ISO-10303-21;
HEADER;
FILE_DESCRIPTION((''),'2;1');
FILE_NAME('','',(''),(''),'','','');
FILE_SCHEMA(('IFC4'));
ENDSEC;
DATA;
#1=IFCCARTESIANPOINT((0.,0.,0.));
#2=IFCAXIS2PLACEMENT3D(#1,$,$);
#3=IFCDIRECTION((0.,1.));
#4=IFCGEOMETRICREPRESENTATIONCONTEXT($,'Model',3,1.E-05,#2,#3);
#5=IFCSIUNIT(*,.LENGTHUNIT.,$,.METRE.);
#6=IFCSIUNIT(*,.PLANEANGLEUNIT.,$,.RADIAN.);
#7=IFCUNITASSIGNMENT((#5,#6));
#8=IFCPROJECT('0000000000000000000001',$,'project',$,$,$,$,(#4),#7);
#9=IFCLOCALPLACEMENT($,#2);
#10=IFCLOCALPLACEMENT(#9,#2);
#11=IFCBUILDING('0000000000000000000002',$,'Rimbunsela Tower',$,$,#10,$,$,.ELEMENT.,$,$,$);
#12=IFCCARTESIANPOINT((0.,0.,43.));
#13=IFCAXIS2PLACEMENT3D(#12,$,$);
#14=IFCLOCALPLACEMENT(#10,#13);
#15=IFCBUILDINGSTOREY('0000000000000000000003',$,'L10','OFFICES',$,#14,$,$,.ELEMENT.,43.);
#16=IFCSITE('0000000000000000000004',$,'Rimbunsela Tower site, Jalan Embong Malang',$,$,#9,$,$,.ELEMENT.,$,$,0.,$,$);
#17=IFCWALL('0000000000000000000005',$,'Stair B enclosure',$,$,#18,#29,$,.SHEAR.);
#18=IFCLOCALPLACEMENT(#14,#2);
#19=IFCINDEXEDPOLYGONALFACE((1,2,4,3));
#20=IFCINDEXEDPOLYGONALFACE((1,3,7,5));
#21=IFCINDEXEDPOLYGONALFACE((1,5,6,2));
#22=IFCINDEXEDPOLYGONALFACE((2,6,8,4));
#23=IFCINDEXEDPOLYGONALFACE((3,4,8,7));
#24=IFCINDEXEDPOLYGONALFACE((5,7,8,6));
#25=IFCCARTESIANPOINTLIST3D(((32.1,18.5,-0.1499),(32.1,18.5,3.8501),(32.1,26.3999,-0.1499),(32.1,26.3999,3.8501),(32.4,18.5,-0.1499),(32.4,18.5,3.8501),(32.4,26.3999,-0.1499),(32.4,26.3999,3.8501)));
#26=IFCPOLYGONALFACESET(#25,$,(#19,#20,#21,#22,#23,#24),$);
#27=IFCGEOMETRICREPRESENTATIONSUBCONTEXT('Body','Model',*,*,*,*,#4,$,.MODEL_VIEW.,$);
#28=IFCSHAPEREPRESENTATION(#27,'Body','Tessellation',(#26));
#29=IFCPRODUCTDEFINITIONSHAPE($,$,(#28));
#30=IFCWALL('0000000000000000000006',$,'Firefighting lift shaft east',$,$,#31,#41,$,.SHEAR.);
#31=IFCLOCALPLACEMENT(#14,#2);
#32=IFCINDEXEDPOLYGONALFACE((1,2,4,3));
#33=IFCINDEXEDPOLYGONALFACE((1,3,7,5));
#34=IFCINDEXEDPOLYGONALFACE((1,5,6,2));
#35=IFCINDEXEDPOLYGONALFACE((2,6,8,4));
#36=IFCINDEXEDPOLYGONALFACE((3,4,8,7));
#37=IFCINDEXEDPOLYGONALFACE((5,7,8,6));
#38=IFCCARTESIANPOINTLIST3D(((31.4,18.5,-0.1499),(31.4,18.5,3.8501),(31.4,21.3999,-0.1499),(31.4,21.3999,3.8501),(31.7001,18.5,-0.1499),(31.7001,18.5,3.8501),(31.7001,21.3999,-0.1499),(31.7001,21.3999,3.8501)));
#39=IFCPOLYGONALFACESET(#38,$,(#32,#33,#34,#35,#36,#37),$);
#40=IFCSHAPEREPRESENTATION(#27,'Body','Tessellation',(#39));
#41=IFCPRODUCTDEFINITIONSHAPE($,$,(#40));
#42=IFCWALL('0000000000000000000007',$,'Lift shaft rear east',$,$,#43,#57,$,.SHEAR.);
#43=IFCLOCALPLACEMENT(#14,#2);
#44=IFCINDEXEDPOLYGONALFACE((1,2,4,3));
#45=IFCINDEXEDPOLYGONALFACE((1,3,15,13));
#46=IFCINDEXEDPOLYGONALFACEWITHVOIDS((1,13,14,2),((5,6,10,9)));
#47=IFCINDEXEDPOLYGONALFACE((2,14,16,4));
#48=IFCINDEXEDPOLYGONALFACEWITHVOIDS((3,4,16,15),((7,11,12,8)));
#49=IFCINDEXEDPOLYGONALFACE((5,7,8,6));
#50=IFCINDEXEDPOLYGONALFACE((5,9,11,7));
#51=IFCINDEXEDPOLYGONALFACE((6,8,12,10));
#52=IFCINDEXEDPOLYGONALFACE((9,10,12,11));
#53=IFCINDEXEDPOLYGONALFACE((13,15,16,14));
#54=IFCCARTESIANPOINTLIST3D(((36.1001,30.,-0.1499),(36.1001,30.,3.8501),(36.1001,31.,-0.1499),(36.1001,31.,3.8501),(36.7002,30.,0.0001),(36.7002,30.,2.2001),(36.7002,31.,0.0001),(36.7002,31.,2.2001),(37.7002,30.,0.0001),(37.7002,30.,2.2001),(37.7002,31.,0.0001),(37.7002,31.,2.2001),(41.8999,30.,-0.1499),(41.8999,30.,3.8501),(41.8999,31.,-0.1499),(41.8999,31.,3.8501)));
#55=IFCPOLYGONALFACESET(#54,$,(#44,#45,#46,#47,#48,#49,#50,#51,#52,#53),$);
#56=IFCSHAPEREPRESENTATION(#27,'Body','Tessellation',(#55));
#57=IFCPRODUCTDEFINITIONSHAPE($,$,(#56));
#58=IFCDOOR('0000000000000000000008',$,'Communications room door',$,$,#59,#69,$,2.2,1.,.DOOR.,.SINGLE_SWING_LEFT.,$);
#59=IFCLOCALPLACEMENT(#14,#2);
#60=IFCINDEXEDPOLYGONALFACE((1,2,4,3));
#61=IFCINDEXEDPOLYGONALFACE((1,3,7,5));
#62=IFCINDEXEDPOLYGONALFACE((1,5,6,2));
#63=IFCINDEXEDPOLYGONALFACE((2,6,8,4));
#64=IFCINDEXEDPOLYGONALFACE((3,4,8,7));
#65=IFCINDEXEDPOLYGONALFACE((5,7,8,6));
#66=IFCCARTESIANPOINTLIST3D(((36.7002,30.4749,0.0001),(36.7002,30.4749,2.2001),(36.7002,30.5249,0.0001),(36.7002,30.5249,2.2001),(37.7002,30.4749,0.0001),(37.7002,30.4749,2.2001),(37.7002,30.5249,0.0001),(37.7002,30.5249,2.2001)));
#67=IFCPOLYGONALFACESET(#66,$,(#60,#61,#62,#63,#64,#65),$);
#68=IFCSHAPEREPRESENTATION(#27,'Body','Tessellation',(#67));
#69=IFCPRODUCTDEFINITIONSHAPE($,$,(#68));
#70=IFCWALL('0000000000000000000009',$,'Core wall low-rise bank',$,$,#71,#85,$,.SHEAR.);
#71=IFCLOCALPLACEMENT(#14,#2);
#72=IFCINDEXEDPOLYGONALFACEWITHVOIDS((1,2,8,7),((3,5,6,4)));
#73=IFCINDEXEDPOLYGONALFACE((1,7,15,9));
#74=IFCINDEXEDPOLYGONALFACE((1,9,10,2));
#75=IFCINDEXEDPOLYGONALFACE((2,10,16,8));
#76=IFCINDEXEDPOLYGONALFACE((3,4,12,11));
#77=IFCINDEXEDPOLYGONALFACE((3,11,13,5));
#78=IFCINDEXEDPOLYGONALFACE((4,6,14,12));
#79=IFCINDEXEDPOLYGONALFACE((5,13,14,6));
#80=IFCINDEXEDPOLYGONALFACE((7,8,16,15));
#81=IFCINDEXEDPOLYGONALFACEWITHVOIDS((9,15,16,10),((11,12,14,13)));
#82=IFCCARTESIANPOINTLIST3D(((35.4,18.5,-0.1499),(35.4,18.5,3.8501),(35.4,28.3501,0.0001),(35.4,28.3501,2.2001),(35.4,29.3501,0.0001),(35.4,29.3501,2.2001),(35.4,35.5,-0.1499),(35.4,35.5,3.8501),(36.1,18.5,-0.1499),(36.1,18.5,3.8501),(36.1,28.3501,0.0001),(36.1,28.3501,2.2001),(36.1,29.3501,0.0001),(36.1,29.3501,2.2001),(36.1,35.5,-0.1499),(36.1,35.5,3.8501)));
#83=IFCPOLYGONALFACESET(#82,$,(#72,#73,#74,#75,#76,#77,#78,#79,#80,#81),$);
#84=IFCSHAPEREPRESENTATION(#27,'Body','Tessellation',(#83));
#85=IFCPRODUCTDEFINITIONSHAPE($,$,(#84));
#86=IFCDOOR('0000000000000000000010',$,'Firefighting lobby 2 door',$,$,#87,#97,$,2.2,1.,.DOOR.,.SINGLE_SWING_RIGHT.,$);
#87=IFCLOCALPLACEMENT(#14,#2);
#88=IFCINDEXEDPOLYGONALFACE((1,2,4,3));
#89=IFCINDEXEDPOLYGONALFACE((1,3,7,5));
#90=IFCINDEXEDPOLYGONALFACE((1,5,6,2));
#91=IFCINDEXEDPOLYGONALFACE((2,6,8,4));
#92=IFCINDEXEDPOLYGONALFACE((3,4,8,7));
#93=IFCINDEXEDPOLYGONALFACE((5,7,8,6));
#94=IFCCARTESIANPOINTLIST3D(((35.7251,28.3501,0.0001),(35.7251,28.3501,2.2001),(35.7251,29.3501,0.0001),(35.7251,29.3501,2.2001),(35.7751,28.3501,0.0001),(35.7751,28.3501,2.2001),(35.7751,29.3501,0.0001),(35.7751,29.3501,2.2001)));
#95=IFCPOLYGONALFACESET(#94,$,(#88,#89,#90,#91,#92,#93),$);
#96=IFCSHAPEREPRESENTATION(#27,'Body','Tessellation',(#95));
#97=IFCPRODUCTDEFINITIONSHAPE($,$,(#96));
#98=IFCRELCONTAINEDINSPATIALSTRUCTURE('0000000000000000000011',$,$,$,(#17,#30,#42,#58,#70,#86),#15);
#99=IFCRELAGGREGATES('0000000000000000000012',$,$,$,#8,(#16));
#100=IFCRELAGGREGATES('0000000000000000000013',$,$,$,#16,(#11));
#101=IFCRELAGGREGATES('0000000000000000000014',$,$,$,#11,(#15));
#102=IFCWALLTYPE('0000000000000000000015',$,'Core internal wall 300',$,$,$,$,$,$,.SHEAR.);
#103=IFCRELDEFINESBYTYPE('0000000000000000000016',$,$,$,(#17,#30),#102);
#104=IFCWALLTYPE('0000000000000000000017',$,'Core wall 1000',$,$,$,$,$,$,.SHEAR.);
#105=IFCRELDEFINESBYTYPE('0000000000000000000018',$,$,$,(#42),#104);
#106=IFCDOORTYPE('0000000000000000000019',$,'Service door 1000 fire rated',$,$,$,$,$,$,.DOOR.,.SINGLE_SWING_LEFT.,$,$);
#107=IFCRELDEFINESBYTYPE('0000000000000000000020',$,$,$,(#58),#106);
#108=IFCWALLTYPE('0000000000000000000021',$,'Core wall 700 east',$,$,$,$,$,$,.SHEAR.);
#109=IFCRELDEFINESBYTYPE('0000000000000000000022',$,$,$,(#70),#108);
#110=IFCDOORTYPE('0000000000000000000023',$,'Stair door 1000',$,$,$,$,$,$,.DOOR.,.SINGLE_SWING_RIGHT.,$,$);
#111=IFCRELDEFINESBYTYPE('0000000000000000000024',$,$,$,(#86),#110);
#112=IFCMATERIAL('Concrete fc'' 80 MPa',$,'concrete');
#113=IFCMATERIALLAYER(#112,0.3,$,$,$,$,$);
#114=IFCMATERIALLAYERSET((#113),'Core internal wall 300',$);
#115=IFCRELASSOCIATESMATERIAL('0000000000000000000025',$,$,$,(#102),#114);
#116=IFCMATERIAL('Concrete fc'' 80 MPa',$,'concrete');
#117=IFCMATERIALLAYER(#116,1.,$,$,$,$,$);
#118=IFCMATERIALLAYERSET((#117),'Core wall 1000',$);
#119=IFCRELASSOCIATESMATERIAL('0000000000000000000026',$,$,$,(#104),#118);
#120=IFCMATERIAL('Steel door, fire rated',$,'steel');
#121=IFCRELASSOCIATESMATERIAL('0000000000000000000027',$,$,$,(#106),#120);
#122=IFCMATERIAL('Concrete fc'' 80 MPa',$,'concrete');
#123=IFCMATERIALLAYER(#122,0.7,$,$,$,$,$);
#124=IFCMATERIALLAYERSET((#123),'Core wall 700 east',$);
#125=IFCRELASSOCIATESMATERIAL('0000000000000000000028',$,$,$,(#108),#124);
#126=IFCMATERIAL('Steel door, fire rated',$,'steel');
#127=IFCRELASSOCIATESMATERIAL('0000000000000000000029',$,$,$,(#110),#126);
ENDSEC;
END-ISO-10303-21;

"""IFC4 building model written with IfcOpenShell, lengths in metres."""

from ifc_helpers import new_model, si_unit, direction, frame, frame_2d, origin, place, context, subcontext, project, spatial, rectangle, extrude, material, layer, layer_set, type_object, element, fill, save


model = new_model("IFC4")

# Units and contexts
model_context = context("Model", 3, precision=1e-05, world=origin(), true_north=direction((0.0, 1.0)))
body_context = subcontext(model_context, "Body", "Model", "MODEL_VIEW")
ifc_project = project(units=[si_unit("LENGTHUNIT", "METRE"), si_unit("PLANEANGLEUNIT", "RADIAN")], contexts=[model_context])

# Site, building, storey
site_placement = place(None, origin())
site = spatial("IfcSite", under=ifc_project, at=site_placement, Name="Rimbunsela Tower site, Jalan Embong Malang", CompositionType="ELEMENT", RefElevation=0.0)
building_placement = place(site_placement, origin())
building = spatial("IfcBuilding", under=site, at=building_placement, Name="Rimbunsela Tower", CompositionType="ELEMENT")
storey_placement = place(building_placement, frame((0.0, 0.0, 43.0)))
storey = spatial("IfcBuildingStorey", under=building, at=storey_placement, Name="L10", Description="OFFICES", CompositionType="ELEMENT", Elevation=43.0)

# Walls
ifc_material_1 = material(Name="Concrete fc' 80 MPa", Category="concrete")
ifc_layer_1 = layer(ifc_material_1, 0.3)
ifc_layer_set_1 = layer_set([ifc_layer_1], Name="Core internal wall 300")
wall_type_1 = type_object("IfcWallType", Name="Core internal wall 300", PredefinedType="SHEAR", material=ifc_layer_set_1)
wall_1_placement = place(storey_placement, frame((32.25, 18.5, -0.1499), z_axis=(0.0, 0.0, 1.0), x_axis=(0.0, 1.0, 0.0)))
element("IfcWall", 1, at=wall_1_placement, inside=storey, type_object=wall_type_1, Name="Stair B enclosure", PredefinedType="SHEAR", context=body_context, shape_type="SweptSolid", body=[
    extrude(rectangle(XDim=7.8999, YDim=0.3, at=frame_2d((3.95, 0.0))), origin(), (0.0, 0.0, 1.0), 4.0),
])
wall_2_placement = place(storey_placement, frame((31.55, 18.5, -0.1499), z_axis=(0.0, 0.0, 1.0), x_axis=(0.0, 1.0, 0.0)))
element("IfcWall", 2, at=wall_2_placement, inside=storey, type_object=wall_type_1, Name="Firefighting lift shaft east", PredefinedType="SHEAR", context=body_context, shape_type="SweptSolid", body=[
    extrude(rectangle(XDim=2.8999, YDim=0.3, at=frame_2d((1.45, 0.0))), origin(), (0.0, 0.0, 1.0), 4.0),
])

# Walls, openings, doors
ifc_material_2 = material(Name="Concrete fc' 80 MPa", Category="concrete")
ifc_layer_2 = layer(ifc_material_2, 1.0)
ifc_layer_set_2 = layer_set([ifc_layer_2], Name="Core wall 1000")
wall_type_2 = type_object("IfcWallType", Name="Core wall 1000", PredefinedType="SHEAR", material=ifc_layer_set_2)
wall_3_placement = place(storey_placement, frame((36.1001, 30.5, -0.1499), z_axis=(0.0, 0.0, 1.0), x_axis=(1.0, 0.0, 0.0)))
wall_3 = element("IfcWall", 3, at=wall_3_placement, inside=storey, type_object=wall_type_2, Name="Lift shaft rear east", PredefinedType="SHEAR", context=body_context, shape_type="SweptSolid", body=[
    extrude(rectangle(XDim=5.7998, YDim=1.0, at=frame_2d((2.8999, 0.0))), origin(), (0.0, 0.0, 1.0), 4.0),
])
opening_1_placement = place(wall_3_placement, frame((0.6001, 0.0, 0.1499)))
opening_1 = element("IfcOpeningElement", 4, at=opening_1_placement, cuts=wall_3, PredefinedType="OPENING", context=body_context, shape_type="SweptSolid", body=[
    extrude(rectangle(XDim=1.0, YDim=2.2, at=frame_2d((0.5, 1.1001))), frame((0.0, 0.51, 0.0), z_axis=(0.0, -1.0, 0.0), x_axis=(1.0, 0.0, 0.0)), (0.0, 0.0, 1.0), 1.02),
])
ifc_material_3 = material(Name="Steel door, fire rated", Category="steel")
door_type_1 = type_object("IfcDoorType", Name="Service door 1000 fire rated", OperationType="SINGLE_SWING_LEFT", PredefinedType="DOOR", material=ifc_material_3)
door_1_placement = place(opening_1_placement, origin())
door_1 = element("IfcDoor", 5, at=door_1_placement, inside=storey, type_object=door_type_1, Name="Communications room door", OperationType="SINGLE_SWING_LEFT", OverallHeight=2.2, OverallWidth=1.0, PredefinedType="DOOR", context=body_context, shape_type="SweptSolid", body=[
    extrude(rectangle(XDim=1.0, YDim=2.2, at=frame_2d((0.5, 1.1001))), frame((0.0, 0.0249, 0.0), z_axis=(0.0, -1.0, 0.0), x_axis=(1.0, 0.0, 0.0)), (0.0, 0.0, 1.0), 0.05),
])
fill(opening_1, door_1)
ifc_material_4 = material(Name="Concrete fc' 80 MPa", Category="concrete")
ifc_layer_3 = layer(ifc_material_4, 0.7)
ifc_layer_set_3 = layer_set([ifc_layer_3], Name="Core wall 700 east")
wall_type_3 = type_object("IfcWallType", Name="Core wall 700 east", PredefinedType="SHEAR", material=ifc_layer_set_3)
wall_4_placement = place(storey_placement, frame((35.75, 18.5, -0.1499), z_axis=(0.0, 0.0, 1.0), x_axis=(0.0, 1.0, 0.0)))
wall_4 = element("IfcWall", 6, at=wall_4_placement, inside=storey, type_object=wall_type_3, Name="Core wall low-rise bank", PredefinedType="SHEAR", context=body_context, shape_type="SweptSolid", body=[
    extrude(rectangle(XDim=17.0, YDim=0.7, at=frame_2d((8.5, 0.0))), origin(), (0.0, 0.0, 1.0), 4.0),
])
opening_2_placement = place(wall_4_placement, frame((9.8501, 0.0, 0.1499)))
opening_2 = element("IfcOpeningElement", 7, at=opening_2_placement, cuts=wall_4, PredefinedType="OPENING", context=body_context, shape_type="SweptSolid", body=[
    extrude(rectangle(XDim=1.0, YDim=2.2, at=frame_2d((0.5, 1.1001))), frame((0.0, 0.3599, 0.0), z_axis=(0.0, -1.0, 0.0), x_axis=(1.0, 0.0, 0.0)), (0.0, 0.0, 1.0), 0.72),
])
ifc_material_5 = material(Name="Steel door, fire rated", Category="steel")
door_type_2 = type_object("IfcDoorType", Name="Stair door 1000", OperationType="SINGLE_SWING_RIGHT", PredefinedType="DOOR", material=ifc_material_5)
door_2_placement = place(opening_2_placement, origin())
door_2 = element("IfcDoor", 8, at=door_2_placement, inside=storey, type_object=door_type_2, Name="Firefighting lobby 2 door", OperationType="SINGLE_SWING_RIGHT", OverallHeight=2.2, OverallWidth=1.0, PredefinedType="DOOR", context=body_context, shape_type="SweptSolid", body=[
    extrude(rectangle(XDim=1.0, YDim=2.2, at=frame_2d((0.5, 1.1001))), frame((0.0, 0.0249, 0.0), z_axis=(0.0, -1.0, 0.0), x_axis=(1.0, 0.0, 0.0)), (0.0, 0.0, 1.0), 0.05),
])
fill(opening_2, door_2)

save(model, "model.ifc")
